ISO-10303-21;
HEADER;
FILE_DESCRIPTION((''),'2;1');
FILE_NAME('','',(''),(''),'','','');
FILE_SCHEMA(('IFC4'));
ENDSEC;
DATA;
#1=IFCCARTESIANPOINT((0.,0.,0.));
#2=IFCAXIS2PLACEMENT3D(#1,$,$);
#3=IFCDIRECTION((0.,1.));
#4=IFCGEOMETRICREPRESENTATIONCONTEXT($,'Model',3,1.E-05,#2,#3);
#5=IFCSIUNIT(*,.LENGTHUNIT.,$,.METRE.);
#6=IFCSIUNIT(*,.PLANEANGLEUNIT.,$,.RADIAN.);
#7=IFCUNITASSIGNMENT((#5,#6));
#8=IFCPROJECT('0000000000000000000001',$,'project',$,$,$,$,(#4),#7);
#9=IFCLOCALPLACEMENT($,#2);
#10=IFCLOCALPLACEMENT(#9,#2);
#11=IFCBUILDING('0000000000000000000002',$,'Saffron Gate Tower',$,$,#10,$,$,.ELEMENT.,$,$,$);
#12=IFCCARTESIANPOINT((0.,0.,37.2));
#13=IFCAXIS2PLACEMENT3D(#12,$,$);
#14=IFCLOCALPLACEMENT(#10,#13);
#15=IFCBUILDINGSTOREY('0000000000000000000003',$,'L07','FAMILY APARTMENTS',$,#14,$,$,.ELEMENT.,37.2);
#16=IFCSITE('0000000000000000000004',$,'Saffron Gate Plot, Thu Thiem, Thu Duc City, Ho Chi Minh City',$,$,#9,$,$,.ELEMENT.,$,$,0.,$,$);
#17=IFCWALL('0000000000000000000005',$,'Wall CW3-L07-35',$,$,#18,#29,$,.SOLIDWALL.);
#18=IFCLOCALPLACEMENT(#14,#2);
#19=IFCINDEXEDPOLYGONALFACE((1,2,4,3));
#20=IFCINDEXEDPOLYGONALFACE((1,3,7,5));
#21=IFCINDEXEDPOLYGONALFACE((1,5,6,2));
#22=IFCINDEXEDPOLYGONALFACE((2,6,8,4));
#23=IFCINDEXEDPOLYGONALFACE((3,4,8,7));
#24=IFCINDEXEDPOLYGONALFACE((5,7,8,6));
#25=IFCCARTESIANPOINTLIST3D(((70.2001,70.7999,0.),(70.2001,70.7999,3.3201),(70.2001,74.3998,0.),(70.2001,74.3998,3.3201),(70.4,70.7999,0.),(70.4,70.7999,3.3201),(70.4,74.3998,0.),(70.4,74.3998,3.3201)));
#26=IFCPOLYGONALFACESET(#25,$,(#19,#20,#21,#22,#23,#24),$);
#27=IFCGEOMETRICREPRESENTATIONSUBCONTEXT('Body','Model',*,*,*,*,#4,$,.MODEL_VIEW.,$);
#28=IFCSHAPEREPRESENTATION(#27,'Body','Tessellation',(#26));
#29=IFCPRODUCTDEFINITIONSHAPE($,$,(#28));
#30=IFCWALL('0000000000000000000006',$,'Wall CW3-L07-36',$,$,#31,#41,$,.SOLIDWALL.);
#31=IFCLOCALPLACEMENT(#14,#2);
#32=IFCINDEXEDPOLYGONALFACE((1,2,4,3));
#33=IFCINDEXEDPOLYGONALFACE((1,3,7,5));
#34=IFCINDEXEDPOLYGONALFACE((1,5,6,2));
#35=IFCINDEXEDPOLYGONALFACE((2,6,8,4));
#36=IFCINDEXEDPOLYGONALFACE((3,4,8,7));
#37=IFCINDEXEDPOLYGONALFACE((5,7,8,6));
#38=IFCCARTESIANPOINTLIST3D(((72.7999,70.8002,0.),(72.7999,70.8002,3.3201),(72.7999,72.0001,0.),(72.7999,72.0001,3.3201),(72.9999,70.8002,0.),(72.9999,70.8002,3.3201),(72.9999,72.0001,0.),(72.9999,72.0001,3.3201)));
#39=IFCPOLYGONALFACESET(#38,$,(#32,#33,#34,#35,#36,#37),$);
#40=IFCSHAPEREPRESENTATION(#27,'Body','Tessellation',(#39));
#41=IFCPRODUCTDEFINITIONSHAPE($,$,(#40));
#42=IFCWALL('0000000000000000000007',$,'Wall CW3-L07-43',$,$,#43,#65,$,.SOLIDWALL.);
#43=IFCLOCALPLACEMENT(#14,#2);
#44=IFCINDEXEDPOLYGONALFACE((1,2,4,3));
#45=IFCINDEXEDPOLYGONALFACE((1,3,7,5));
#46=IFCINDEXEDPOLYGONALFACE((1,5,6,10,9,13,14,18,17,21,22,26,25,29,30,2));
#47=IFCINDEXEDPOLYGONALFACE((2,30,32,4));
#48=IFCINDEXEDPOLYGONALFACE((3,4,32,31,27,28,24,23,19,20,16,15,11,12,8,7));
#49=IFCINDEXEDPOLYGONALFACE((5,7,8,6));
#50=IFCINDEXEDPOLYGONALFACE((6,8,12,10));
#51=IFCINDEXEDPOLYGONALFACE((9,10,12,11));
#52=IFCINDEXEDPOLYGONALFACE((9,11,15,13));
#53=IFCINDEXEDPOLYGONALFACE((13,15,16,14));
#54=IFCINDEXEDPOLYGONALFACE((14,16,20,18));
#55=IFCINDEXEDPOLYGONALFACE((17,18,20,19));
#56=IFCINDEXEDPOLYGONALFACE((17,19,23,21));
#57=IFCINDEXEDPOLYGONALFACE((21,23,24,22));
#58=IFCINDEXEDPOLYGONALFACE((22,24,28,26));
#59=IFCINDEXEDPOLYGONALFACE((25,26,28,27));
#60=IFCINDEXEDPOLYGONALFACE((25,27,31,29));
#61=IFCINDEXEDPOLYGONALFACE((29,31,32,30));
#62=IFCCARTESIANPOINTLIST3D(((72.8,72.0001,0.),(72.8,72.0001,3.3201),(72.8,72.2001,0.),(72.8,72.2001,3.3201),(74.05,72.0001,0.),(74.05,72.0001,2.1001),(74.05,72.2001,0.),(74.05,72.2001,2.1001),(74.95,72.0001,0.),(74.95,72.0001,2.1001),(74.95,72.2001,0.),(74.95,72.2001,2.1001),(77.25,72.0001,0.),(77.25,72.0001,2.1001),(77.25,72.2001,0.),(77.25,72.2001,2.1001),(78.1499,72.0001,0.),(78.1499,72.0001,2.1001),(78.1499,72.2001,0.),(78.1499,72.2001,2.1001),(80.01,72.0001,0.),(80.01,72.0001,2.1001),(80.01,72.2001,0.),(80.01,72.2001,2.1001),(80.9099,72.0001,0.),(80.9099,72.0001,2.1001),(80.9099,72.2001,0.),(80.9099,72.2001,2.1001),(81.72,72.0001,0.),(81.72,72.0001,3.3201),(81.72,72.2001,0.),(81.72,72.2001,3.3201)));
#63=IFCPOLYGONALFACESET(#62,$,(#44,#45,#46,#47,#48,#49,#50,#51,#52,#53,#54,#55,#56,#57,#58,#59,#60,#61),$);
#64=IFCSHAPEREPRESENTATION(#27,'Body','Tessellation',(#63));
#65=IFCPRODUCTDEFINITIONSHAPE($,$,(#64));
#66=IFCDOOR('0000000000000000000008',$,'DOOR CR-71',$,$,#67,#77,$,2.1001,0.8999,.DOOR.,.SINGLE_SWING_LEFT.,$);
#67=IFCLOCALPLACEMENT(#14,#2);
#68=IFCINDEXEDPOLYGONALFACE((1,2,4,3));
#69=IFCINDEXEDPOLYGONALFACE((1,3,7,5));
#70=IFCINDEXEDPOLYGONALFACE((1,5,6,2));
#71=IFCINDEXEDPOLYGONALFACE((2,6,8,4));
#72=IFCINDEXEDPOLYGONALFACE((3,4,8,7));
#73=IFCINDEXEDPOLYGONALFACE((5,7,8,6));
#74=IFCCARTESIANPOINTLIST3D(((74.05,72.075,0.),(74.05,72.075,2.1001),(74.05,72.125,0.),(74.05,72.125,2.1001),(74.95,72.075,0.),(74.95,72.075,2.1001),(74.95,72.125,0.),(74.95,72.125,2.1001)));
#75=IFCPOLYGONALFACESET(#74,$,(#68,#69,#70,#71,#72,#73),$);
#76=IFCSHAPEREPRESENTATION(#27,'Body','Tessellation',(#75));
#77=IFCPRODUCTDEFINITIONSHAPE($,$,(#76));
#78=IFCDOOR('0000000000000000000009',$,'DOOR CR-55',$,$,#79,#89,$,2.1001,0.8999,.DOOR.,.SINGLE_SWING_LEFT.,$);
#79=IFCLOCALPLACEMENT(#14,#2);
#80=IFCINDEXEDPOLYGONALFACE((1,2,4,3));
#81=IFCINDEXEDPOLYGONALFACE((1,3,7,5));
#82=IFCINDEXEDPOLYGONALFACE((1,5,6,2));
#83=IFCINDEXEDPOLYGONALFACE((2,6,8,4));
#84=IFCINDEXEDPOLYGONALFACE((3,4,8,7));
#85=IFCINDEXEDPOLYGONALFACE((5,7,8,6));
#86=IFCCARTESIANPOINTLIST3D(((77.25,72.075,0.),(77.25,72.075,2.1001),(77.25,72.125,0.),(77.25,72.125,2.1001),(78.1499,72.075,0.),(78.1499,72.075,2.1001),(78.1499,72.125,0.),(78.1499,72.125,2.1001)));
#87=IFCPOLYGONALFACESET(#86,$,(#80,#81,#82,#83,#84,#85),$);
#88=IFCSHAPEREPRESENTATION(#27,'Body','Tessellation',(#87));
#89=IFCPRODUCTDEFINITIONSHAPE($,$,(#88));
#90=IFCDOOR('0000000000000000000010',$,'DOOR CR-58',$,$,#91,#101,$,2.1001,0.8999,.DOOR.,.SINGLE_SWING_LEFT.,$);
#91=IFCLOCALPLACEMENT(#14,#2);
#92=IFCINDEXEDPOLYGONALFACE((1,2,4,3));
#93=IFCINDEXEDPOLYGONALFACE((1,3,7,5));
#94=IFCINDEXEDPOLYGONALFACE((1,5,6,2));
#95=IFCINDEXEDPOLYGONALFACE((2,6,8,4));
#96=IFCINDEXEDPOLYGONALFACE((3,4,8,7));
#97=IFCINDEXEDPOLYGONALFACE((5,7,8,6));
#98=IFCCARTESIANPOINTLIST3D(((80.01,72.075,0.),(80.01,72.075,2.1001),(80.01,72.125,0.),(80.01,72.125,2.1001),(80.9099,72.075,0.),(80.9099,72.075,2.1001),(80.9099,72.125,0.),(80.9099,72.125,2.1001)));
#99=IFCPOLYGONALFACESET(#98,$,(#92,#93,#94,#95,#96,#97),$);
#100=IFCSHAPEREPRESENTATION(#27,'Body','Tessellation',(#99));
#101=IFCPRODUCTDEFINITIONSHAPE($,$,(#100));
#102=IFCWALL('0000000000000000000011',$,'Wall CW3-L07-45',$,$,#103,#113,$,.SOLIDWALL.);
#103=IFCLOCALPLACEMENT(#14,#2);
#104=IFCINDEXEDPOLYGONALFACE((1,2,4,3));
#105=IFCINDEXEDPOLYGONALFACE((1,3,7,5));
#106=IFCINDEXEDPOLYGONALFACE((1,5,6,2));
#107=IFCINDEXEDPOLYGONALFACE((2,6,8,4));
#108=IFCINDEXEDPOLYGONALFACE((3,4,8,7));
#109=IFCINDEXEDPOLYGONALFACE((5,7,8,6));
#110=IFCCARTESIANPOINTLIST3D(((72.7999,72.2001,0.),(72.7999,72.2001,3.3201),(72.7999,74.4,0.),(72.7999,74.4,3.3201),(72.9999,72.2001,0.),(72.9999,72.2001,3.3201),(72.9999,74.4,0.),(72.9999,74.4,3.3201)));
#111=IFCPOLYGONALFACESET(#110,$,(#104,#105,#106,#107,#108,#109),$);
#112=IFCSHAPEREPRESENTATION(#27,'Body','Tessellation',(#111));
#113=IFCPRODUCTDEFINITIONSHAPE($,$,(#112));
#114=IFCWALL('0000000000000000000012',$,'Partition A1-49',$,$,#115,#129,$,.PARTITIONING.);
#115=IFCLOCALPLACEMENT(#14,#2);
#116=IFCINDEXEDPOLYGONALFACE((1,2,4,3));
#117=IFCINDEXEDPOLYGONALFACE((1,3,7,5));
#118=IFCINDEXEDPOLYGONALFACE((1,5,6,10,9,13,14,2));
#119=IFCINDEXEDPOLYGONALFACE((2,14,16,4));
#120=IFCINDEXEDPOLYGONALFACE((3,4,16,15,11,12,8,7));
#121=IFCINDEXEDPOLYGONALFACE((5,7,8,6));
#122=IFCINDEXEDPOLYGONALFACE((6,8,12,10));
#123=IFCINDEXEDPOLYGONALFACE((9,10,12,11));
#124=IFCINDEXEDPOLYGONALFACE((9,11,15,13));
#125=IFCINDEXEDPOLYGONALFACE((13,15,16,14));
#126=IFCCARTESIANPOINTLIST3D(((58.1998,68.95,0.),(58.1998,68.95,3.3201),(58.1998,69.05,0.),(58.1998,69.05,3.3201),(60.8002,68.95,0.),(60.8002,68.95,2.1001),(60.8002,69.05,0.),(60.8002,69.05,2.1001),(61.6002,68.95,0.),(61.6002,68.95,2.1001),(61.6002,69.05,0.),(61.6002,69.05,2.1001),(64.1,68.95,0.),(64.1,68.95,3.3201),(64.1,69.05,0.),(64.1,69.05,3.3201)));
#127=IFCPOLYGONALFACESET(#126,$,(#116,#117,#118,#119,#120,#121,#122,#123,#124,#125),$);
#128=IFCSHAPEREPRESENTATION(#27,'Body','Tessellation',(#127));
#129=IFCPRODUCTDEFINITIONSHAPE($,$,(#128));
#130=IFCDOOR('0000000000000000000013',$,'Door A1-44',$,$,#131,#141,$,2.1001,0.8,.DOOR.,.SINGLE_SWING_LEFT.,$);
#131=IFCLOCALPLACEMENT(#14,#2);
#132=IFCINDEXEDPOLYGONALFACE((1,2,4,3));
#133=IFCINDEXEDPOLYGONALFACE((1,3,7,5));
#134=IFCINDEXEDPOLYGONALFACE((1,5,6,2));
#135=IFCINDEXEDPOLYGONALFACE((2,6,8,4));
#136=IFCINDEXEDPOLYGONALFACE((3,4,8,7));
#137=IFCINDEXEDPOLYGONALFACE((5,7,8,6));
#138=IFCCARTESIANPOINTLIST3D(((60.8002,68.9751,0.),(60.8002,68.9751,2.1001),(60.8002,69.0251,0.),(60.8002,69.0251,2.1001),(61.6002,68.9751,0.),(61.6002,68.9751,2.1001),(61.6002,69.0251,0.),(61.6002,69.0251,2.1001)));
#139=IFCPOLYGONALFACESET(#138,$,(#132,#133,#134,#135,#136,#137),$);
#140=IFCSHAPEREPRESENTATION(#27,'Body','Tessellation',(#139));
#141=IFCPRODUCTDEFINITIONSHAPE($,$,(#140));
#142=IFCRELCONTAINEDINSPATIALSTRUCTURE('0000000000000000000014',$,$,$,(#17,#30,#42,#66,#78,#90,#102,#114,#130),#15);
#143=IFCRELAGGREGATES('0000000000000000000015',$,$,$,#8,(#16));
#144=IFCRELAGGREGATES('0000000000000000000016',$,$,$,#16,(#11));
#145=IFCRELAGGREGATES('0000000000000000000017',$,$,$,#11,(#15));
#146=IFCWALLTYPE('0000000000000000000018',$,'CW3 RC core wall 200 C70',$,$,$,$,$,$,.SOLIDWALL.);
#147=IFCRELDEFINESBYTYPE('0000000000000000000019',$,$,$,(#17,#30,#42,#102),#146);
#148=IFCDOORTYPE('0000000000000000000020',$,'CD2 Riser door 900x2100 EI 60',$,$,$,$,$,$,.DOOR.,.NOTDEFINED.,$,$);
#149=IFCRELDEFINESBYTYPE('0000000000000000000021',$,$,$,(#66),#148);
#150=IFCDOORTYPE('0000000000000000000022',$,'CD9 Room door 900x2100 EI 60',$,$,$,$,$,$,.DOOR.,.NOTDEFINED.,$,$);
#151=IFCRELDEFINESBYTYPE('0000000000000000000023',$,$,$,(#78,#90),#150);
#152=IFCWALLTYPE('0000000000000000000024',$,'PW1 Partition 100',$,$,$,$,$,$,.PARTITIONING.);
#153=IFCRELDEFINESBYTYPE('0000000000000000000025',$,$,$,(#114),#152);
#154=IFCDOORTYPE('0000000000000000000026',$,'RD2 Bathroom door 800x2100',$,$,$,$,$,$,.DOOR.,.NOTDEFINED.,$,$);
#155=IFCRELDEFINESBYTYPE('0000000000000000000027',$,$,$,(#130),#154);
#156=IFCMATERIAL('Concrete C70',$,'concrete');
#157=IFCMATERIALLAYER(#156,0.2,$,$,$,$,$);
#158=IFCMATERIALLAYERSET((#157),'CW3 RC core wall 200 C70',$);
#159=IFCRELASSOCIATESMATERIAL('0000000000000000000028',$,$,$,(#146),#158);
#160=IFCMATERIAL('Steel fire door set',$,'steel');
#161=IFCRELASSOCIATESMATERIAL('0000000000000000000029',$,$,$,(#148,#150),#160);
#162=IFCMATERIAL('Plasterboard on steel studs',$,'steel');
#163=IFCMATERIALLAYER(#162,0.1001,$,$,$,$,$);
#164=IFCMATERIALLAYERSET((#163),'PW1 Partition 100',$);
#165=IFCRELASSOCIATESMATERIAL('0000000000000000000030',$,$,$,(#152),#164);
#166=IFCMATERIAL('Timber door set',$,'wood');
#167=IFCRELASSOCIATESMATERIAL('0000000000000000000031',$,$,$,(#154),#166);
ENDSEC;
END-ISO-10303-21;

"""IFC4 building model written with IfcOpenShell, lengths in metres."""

from ifc_helpers import new_model, si_unit, direction, frame, frame_2d, origin, place, context, subcontext, project, spatial, rectangle, extrude, material, layer, layer_set, type_object, element, fill, save


model = new_model("IFC4")

# Units and contexts
model_context = context("Model", 3, precision=1e-05, world=origin(), true_north=direction((0.0, 1.0)))
body_context = subcontext(model_context, "Body", "Model", "MODEL_VIEW")
ifc_project = project(units=[si_unit("LENGTHUNIT", "METRE"), si_unit("PLANEANGLEUNIT", "RADIAN")], contexts=[model_context])

# Site, building, storey
site_placement = place(None, origin())
site = spatial("IfcSite", under=ifc_project, at=site_placement, Name="Saffron Gate Plot, Thu Thiem, Thu Duc City, Ho Chi Minh City", CompositionType="ELEMENT", RefElevation=0.0)
building_placement = place(site_placement, origin())
building = spatial("IfcBuilding", under=site, at=building_placement, Name="Saffron Gate Tower", CompositionType="ELEMENT")
storey_placement = place(building_placement, frame((0.0, 0.0, 37.2)))
storey = spatial("IfcBuildingStorey", under=building, at=storey_placement, Name="L07", Description="FAMILY APARTMENTS", CompositionType="ELEMENT", Elevation=37.2)

# Shared definitions
ifc_material_1 = material(Name="Concrete C70", Category="concrete")
ifc_layer_1 = layer(ifc_material_1, 0.2)
ifc_layer_set_1 = layer_set([ifc_layer_1], Name="CW3 RC core wall 200 C70")
wall_type_1 = type_object("IfcWallType", Name="CW3 RC core wall 200 C70", PredefinedType="SOLIDWALL", material=ifc_layer_set_1)
ifc_material_2 = material(Name="Steel fire door set", Category="steel")

# Walls
wall_1_placement = place(storey_placement, frame((70.3, 70.8, 0.0), z_axis=(0.0, 0.0, 1.0), x_axis=(0.0, 1.0, 0.0)))
element("IfcWall", 1, at=wall_1_placement, inside=storey, type_object=wall_type_1, Name="Wall CW3-L07-35", PredefinedType="SOLIDWALL", context=body_context, shape_type="SweptSolid", body=[
    extrude(rectangle(XDim=3.5999, YDim=0.2, at=frame_2d((1.7998, 0.0))), origin(), (0.0, 0.0, 1.0), 3.3201),
])
wall_2_placement = place(storey_placement, frame((72.8999, 70.8, 0.0), z_axis=(0.0, 0.0, 1.0), x_axis=(0.0, 1.0, 0.0)))
element("IfcWall", 2, at=wall_2_placement, inside=storey, type_object=wall_type_1, Name="Wall CW3-L07-36", PredefinedType="SOLIDWALL", context=body_context, shape_type="SweptSolid", body=[
    extrude(rectangle(XDim=1.2, YDim=0.2, at=frame_2d((0.6001, 0.0))), origin(), (0.0, 0.0, 1.0), 3.3201),
])

# Wall, openings, doors
wall_3_placement = place(storey_placement, frame((72.8, 72.1001, 0.0), z_axis=(0.0, 0.0, 1.0), x_axis=(1.0, 0.0, 0.0)))
wall_3 = element("IfcWall", 3, at=wall_3_placement, inside=storey, type_object=wall_type_1, Name="Wall CW3-L07-43", PredefinedType="SOLIDWALL", context=body_context, shape_type="SweptSolid", body=[
    extrude(rectangle(XDim=8.9199, YDim=0.2, at=frame_2d((4.46, 0.0))), origin(), (0.0, 0.0, 1.0), 3.3201),
])
opening_1_placement = place(wall_3_placement, frame((1.25, 0.0, 0.0)))
opening_1 = element("IfcOpeningElement", 4, at=opening_1_placement, cuts=wall_3, PredefinedType="OPENING", context=body_context, shape_type="SweptSolid", body=[
    extrude(rectangle(XDim=0.8999, YDim=2.1001, at=frame_2d((0.45, 1.05))), frame((0.0, 0.1099, 0.0), z_axis=(0.0, -1.0, 0.0), x_axis=(1.0, 0.0, 0.0)), (0.0, 0.0, 1.0), 0.22),
])
opening_2_placement = place(wall_3_placement, frame((4.45, 0.0, 0.0)))
opening_2 = element("IfcOpeningElement", 5, at=opening_2_placement, cuts=wall_3, PredefinedType="OPENING", context=body_context, shape_type="SweptSolid", body=[
    extrude(rectangle(XDim=0.8999, YDim=2.1001, at=frame_2d((0.45, 1.05))), frame((0.0, 0.1099, 0.0), z_axis=(0.0, -1.0, 0.0), x_axis=(1.0, 0.0, 0.0)), (0.0, 0.0, 1.0), 0.22),
])
opening_3_placement = place(wall_3_placement, frame((7.21, 0.0, 0.0)))
opening_3 = element("IfcOpeningElement", 6, at=opening_3_placement, cuts=wall_3, PredefinedType="OPENING", context=body_context, shape_type="SweptSolid", body=[
    extrude(rectangle(XDim=0.8999, YDim=2.1001, at=frame_2d((0.45, 1.05))), frame((0.0, 0.1099, 0.0), z_axis=(0.0, -1.0, 0.0), x_axis=(1.0, 0.0, 0.0)), (0.0, 0.0, 1.0), 0.22),
])
door_type_1 = type_object("IfcDoorType", Name="CD2 Riser door 900x2100 EI 60", OperationType="NOTDEFINED", PredefinedType="DOOR", material=ifc_material_2)
door_1_placement = place(opening_1_placement, origin())
door_1 = element("IfcDoor", 7, at=door_1_placement, inside=storey, type_object=door_type_1, Name="DOOR CR-71", OperationType="SINGLE_SWING_LEFT", OverallHeight=2.1001, OverallWidth=0.8999, PredefinedType="DOOR", context=body_context, shape_type="SweptSolid", body=[
    extrude(rectangle(XDim=0.8999, YDim=2.1001, at=frame_2d((0.45, 1.05))), frame((0.0, 0.0249, 0.0), z_axis=(0.0, -1.0, 0.0), x_axis=(1.0, 0.0, 0.0)), (0.0, 0.0, 1.0), 0.05),
])
fill(opening_1, door_1)
door_type_2 = type_object("IfcDoorType", Name="CD9 Room door 900x2100 EI 60", OperationType="NOTDEFINED", PredefinedType="DOOR", material=ifc_material_2)
door_2_placement = place(opening_2_placement, origin())
door_2 = element("IfcDoor", 8, at=door_2_placement, inside=storey, type_object=door_type_2, Name="DOOR CR-55", OperationType="SINGLE_SWING_LEFT", OverallHeight=2.1001, OverallWidth=0.8999, PredefinedType="DOOR", context=body_context, shape_type="SweptSolid", body=[
    extrude(rectangle(XDim=0.8999, YDim=2.1001, at=frame_2d((0.45, 1.05))), frame((0.0, 0.0249, 0.0), z_axis=(0.0, -1.0, 0.0), x_axis=(1.0, 0.0, 0.0)), (0.0, 0.0, 1.0), 0.05),
])
fill(opening_2, door_2)
door_3_placement = place(opening_3_placement, origin())
door_3 = element("IfcDoor", 9, at=door_3_placement, inside=storey, type_object=door_type_2, Name="DOOR CR-58", OperationType="SINGLE_SWING_LEFT", OverallHeight=2.1001, OverallWidth=0.8999, PredefinedType="DOOR", context=body_context, shape_type="SweptSolid", body=[
    extrude(rectangle(XDim=0.8999, YDim=2.1001, at=frame_2d((0.45, 1.05))), frame((0.0, 0.0249, 0.0), z_axis=(0.0, -1.0, 0.0), x_axis=(1.0, 0.0, 0.0)), (0.0, 0.0, 1.0), 0.05),
])
fill(opening_3, door_3)

# Wall
wall_4_placement = place(storey_placement, frame((72.8999, 72.2, 0.0), z_axis=(0.0, 0.0, 1.0), x_axis=(0.0, 1.0, 0.0)))
element("IfcWall", 10, at=wall_4_placement, inside=storey, type_object=wall_type_1, Name="Wall CW3-L07-45", PredefinedType="SOLIDWALL", context=body_context, shape_type="SweptSolid", body=[
    extrude(rectangle(XDim=2.2, YDim=0.2, at=frame_2d((1.1001, 0.0))), origin(), (0.0, 0.0, 1.0), 3.3201),
])

# Wall, opening, door
ifc_material_3 = material(Name="Plasterboard on steel studs", Category="steel")
ifc_layer_2 = layer(ifc_material_3, 0.1001)
ifc_layer_set_2 = layer_set([ifc_layer_2], Name="PW1 Partition 100")
wall_type_2 = type_object("IfcWallType", Name="PW1 Partition 100", PredefinedType="PARTITIONING", material=ifc_layer_set_2)
wall_5_placement = place(storey_placement, frame((64.1001, 69.0, 0.0), z_axis=(0.0, 0.0, 1.0), x_axis=(-1.0, 0.0, 0.0)))
wall_5 = element("IfcWall", 11, at=wall_5_placement, inside=storey, type_object=wall_type_2, Name="Partition A1-49", PredefinedType="PARTITIONING", context=body_context, shape_type="SweptSolid", body=[
    extrude(rectangle(XDim=5.9001, YDim=0.1001, at=frame_2d((2.9502, 0.0))), origin(), (0.0, 0.0, 1.0), 3.3201),
])
opening_4_placement = place(wall_5_placement, frame((2.5, 0.0, 0.0)))
opening_4 = element("IfcOpeningElement", 12, at=opening_4_placement, cuts=wall_5, PredefinedType="OPENING", context=body_context, shape_type="SweptSolid", body=[
    extrude(rectangle(XDim=0.8, YDim=2.1001, at=frame_2d((0.3999, 1.05))), frame((0.0, 0.0601, 0.0), z_axis=(0.0, -1.0, 0.0), x_axis=(1.0, 0.0, 0.0)), (0.0, 0.0, 1.0), 0.1201),
])
ifc_material_4 = material(Name="Timber door set", Category="wood")
door_type_3 = type_object("IfcDoorType", Name="RD2 Bathroom door 800x2100", OperationType="NOTDEFINED", PredefinedType="DOOR", material=ifc_material_4)
door_4_placement = place(opening_4_placement, origin())
door_4 = element("IfcDoor", 13, at=door_4_placement, inside=storey, type_object=door_type_3, Name="Door A1-44", OperationType="SINGLE_SWING_LEFT", OverallHeight=2.1001, OverallWidth=0.8, PredefinedType="DOOR", context=body_context, shape_type="SweptSolid", body=[
    extrude(rectangle(XDim=0.8, YDim=2.1001, at=frame_2d((0.3999, 1.05))), frame((0.0, 0.0249, 0.0), z_axis=(0.0, -1.0, 0.0), x_axis=(1.0, 0.0, 0.0)), (0.0, 0.0, 1.0), 0.05),
])
fill(opening_4, door_4)

save(model, "model.ifc")
